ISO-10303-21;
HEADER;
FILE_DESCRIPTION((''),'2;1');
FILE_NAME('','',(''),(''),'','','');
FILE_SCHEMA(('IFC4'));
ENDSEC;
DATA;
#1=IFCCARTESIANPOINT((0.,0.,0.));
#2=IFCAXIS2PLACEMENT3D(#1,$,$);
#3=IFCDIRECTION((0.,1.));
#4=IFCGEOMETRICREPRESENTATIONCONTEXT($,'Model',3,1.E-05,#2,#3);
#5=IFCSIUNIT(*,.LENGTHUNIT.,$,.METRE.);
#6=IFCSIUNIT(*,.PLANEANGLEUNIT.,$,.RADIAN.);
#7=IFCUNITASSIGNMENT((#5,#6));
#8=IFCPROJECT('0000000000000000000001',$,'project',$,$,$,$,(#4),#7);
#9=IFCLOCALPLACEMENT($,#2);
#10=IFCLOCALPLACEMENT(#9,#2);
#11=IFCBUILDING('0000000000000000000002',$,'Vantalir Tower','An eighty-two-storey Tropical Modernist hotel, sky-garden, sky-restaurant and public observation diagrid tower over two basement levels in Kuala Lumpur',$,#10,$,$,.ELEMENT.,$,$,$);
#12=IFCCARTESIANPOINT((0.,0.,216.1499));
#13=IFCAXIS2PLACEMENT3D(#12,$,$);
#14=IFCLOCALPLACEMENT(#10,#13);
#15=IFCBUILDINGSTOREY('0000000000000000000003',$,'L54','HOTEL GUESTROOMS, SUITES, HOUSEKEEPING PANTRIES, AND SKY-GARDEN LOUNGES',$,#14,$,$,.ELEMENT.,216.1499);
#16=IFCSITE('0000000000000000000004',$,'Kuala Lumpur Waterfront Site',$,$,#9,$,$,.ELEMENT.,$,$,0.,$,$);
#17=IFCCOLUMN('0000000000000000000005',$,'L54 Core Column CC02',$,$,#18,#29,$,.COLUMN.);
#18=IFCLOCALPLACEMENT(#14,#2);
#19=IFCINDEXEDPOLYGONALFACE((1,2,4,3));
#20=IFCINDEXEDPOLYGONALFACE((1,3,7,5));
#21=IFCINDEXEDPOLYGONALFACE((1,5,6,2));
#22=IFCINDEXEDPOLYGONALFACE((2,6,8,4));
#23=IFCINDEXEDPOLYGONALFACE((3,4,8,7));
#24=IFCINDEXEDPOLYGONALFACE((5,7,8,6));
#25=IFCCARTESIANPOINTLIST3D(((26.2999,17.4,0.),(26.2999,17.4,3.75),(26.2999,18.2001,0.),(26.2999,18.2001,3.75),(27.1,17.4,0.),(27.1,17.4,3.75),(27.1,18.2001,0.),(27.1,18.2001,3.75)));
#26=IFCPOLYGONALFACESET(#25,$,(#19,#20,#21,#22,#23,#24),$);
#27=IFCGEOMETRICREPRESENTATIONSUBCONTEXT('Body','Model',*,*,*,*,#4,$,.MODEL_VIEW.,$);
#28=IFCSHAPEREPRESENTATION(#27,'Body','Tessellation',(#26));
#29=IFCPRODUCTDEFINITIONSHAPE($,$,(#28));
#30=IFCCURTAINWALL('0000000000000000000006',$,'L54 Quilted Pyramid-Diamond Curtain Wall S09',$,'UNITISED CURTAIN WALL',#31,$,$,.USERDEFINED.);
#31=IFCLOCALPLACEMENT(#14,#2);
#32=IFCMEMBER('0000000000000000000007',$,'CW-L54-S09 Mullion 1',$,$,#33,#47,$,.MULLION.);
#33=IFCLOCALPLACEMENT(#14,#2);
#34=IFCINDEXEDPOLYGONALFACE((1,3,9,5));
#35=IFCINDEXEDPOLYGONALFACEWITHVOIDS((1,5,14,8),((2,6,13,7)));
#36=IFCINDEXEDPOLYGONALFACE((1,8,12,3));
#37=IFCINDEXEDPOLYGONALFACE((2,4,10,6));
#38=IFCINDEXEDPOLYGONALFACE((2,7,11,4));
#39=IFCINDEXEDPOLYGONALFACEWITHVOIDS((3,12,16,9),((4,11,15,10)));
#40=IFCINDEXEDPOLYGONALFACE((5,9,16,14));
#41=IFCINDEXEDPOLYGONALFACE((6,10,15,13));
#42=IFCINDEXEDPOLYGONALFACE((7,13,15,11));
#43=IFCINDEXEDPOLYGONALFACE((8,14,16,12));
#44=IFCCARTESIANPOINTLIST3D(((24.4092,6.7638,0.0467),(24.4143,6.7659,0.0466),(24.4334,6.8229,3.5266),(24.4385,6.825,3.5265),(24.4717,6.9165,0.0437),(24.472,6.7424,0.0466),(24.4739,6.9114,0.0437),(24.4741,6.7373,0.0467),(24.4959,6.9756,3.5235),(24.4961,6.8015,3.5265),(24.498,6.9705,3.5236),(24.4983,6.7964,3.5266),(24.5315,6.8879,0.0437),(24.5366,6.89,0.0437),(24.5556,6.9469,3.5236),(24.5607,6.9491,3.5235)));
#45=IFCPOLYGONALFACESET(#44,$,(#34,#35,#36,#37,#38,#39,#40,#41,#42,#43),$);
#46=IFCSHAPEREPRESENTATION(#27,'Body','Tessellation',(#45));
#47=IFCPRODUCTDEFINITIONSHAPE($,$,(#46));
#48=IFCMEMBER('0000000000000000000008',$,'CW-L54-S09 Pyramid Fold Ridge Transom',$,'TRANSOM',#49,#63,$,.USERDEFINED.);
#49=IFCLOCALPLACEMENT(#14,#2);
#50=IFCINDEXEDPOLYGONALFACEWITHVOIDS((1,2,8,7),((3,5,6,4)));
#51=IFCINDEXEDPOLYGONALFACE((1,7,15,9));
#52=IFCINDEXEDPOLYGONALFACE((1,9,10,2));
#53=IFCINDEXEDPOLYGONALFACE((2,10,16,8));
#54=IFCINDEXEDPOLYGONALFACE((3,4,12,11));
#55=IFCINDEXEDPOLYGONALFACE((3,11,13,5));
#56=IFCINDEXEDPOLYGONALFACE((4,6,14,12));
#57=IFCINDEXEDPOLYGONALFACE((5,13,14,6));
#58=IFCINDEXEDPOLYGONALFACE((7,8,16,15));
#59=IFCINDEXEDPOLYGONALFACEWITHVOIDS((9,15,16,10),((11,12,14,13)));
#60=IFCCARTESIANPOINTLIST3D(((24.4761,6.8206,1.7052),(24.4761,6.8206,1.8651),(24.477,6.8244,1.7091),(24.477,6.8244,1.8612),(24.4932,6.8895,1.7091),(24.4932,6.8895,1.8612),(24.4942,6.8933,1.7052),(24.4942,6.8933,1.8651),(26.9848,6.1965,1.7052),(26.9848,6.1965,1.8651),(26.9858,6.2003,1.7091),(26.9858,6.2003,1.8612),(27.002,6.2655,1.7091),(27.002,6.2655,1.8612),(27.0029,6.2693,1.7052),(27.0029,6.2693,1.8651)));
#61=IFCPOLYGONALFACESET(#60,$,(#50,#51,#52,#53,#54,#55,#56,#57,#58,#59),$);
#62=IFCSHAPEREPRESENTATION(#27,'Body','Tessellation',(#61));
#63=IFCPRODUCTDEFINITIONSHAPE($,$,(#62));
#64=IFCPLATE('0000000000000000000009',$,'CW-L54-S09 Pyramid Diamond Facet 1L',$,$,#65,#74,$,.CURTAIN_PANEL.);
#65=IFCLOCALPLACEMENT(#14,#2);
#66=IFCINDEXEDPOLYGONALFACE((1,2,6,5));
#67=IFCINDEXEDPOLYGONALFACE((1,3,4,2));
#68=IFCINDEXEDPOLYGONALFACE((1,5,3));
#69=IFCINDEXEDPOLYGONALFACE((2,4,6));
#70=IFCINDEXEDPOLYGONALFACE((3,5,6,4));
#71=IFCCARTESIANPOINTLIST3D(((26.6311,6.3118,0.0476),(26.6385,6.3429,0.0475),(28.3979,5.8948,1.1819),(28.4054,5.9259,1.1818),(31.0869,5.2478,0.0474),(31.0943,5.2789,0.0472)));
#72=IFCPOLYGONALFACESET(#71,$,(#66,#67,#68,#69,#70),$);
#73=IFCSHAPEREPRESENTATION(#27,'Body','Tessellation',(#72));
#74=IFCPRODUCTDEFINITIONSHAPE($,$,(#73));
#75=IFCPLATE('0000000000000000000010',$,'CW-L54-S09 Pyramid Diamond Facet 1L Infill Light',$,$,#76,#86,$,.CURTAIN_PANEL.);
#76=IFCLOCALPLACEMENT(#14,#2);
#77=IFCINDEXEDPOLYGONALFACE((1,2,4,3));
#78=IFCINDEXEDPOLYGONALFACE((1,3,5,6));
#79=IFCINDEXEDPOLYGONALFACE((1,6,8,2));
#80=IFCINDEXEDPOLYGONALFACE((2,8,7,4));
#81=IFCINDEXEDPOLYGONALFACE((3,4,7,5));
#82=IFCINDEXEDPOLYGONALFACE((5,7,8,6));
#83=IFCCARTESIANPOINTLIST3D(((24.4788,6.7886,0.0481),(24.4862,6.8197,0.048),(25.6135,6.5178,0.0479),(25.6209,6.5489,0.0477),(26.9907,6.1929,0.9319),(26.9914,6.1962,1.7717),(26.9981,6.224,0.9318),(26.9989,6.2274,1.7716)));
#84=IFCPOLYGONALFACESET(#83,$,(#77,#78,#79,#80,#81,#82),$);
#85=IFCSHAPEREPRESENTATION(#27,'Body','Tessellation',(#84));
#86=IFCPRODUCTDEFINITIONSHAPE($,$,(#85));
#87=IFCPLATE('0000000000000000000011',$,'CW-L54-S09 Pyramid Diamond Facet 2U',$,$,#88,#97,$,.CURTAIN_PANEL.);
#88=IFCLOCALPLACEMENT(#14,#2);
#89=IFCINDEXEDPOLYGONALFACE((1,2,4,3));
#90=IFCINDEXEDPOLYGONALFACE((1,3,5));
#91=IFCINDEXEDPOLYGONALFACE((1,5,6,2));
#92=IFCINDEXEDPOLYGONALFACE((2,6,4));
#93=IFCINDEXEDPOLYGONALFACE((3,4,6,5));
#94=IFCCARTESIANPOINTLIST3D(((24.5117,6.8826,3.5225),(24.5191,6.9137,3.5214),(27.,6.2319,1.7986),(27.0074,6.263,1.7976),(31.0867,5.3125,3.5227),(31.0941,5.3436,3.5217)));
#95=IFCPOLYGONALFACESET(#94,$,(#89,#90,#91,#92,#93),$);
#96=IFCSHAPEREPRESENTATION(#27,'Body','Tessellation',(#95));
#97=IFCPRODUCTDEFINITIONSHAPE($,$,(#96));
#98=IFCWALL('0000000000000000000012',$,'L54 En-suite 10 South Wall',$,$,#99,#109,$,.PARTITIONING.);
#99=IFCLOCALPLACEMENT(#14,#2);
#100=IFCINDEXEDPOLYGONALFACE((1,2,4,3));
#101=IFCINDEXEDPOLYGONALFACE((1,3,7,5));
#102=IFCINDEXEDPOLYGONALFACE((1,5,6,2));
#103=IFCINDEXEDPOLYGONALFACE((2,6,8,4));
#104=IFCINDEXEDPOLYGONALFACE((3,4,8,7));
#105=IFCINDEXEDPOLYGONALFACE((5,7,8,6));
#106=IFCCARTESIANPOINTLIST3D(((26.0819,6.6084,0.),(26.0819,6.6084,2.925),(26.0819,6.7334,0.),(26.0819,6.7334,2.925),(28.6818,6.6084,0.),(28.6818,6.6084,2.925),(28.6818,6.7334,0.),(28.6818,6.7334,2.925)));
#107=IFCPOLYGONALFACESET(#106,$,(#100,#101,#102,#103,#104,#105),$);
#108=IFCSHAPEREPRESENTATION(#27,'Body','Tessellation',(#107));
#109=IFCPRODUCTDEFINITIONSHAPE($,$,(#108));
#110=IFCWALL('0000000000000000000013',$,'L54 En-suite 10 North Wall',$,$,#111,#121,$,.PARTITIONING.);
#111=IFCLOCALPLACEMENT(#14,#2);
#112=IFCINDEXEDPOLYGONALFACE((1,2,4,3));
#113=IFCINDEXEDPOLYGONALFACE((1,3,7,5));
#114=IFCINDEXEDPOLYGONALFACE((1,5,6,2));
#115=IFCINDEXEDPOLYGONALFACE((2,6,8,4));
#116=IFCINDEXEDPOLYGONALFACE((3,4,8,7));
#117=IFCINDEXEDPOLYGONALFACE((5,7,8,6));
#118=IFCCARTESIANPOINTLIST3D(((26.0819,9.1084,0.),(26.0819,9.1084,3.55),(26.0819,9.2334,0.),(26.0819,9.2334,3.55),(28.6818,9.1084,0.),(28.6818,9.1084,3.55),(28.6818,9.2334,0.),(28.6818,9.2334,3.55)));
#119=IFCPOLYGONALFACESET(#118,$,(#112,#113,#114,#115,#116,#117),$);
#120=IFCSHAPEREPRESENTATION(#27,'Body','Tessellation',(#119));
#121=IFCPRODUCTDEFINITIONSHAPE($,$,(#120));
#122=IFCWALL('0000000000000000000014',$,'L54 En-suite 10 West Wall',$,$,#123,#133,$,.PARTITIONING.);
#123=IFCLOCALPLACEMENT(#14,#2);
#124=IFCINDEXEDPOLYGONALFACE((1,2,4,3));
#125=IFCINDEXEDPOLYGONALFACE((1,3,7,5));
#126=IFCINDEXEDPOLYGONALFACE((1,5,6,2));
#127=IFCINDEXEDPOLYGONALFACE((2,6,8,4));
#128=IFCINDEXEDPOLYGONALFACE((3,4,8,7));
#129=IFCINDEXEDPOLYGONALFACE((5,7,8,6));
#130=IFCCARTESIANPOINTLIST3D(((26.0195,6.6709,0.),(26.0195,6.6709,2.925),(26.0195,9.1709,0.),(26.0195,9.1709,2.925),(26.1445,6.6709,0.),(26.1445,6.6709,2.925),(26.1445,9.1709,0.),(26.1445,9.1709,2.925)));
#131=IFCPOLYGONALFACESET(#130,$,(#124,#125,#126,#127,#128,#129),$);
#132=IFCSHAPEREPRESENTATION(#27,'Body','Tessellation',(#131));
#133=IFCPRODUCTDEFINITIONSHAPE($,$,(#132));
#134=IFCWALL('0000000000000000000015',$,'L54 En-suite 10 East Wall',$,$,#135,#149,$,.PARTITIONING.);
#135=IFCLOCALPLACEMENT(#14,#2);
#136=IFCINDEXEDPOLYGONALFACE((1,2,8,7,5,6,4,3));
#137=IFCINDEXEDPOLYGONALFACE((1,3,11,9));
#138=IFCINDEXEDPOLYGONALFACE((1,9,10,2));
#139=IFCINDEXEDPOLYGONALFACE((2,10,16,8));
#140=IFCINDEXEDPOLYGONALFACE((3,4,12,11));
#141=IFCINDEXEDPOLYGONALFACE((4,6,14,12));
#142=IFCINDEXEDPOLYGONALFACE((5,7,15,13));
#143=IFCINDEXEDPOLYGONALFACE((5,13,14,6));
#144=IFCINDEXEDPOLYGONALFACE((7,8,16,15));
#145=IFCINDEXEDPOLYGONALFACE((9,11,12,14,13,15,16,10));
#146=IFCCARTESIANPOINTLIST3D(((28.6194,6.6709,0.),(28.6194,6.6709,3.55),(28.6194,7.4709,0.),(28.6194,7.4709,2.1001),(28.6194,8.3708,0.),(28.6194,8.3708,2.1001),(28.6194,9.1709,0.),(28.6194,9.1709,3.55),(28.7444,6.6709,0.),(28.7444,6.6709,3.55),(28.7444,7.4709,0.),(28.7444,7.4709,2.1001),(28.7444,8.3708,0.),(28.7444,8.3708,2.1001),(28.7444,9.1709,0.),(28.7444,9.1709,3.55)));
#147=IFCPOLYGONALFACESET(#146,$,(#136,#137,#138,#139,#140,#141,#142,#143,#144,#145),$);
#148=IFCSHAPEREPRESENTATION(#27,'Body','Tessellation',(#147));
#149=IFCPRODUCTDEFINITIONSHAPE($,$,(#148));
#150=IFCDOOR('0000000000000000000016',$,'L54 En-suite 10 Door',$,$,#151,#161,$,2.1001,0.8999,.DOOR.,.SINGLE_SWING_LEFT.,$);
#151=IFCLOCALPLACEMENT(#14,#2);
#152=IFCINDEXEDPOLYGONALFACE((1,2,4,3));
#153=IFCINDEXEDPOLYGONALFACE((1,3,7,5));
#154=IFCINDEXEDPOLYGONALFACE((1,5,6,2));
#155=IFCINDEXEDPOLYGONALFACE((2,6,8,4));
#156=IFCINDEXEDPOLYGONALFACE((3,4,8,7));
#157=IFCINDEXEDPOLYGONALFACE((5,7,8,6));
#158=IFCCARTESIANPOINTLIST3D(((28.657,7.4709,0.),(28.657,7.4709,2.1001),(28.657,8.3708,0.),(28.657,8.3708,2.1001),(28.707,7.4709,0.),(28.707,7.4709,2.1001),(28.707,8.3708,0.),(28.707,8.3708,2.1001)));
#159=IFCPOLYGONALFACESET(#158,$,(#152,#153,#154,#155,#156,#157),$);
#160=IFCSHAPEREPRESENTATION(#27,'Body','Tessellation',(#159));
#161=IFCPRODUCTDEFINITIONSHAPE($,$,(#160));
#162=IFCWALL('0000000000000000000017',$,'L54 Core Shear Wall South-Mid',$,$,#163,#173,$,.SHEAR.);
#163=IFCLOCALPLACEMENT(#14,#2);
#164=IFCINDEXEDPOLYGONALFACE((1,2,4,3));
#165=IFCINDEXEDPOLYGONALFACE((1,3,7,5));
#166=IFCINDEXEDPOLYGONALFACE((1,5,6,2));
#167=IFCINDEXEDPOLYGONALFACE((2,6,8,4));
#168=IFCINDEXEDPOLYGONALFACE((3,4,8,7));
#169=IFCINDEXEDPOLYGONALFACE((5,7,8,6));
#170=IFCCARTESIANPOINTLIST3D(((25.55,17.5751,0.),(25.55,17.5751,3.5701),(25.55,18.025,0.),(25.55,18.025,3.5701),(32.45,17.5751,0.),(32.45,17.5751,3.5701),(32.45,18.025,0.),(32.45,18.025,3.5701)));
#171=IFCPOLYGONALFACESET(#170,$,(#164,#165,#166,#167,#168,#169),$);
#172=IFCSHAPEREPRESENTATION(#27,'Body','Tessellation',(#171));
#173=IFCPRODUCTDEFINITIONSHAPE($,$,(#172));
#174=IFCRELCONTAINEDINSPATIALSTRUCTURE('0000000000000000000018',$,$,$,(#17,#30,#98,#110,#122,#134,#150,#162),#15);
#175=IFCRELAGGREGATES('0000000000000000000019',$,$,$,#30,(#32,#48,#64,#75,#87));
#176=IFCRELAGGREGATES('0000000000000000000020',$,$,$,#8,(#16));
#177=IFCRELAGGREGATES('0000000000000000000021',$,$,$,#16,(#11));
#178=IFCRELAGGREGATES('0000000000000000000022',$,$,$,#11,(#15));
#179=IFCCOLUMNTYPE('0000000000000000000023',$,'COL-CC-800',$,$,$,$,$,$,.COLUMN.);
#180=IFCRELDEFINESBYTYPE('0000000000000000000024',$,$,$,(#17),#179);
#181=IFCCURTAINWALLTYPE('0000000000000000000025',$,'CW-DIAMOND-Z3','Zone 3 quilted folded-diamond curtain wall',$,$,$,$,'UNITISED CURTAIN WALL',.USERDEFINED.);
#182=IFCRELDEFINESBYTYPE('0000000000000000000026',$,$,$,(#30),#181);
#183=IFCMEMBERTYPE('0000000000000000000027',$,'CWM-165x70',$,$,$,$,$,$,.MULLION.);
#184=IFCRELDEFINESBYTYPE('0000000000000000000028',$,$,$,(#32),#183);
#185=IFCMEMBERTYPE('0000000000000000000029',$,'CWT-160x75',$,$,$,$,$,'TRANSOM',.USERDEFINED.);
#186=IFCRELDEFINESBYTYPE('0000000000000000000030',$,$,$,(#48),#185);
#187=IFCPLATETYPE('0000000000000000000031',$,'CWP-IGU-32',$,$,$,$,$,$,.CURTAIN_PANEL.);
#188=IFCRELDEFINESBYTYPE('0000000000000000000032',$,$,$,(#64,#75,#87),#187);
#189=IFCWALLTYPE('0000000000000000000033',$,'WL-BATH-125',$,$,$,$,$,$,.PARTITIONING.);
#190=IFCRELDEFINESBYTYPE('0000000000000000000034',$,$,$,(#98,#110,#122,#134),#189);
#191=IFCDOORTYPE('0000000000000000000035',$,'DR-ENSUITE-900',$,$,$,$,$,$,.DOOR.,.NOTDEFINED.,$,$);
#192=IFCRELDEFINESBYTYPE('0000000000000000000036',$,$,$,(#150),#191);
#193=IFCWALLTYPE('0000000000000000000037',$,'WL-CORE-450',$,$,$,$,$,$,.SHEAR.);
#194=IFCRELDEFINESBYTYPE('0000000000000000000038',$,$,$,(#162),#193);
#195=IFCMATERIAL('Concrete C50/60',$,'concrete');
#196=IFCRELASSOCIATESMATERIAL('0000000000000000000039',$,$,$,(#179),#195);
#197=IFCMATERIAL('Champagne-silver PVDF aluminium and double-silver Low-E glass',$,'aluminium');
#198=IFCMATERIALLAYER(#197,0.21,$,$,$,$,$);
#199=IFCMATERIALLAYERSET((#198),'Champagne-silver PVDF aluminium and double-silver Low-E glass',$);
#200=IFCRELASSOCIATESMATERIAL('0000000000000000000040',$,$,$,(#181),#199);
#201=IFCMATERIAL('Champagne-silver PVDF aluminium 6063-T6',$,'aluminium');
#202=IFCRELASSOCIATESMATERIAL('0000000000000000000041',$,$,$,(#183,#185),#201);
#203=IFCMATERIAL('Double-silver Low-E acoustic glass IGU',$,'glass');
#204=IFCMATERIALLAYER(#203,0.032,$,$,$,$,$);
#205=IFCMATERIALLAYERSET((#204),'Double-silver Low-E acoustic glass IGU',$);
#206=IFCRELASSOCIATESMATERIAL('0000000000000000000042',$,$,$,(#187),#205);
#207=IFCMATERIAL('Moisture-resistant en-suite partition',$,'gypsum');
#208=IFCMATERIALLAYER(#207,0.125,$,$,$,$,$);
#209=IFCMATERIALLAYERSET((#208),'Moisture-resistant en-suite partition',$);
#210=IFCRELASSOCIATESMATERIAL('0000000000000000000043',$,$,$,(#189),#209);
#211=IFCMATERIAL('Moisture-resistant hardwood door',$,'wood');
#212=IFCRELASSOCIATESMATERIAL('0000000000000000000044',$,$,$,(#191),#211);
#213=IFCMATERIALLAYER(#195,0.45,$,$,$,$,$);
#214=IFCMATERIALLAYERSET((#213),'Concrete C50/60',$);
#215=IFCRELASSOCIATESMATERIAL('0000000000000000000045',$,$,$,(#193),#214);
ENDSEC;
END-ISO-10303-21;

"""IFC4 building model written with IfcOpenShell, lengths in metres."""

from ifc_helpers import new_model, si_unit, direction, frame, frame_2d, origin, origin_2d, place, context, subcontext, project, spatial, polyline, rectangle, hollow_rectangle, outline, extrude, material, layer, layer_set, material_profile, profile_set, type_object, element, fill, aggregate, save


model = new_model("IFC4")

# Units and contexts
model_context = context("Model", 3, precision=1e-05, world=origin(), true_north=direction((0.0, 1.0)))
body_context = subcontext(model_context, "Body", "Model", "MODEL_VIEW")
ifc_project = project(units=[si_unit("LENGTHUNIT", "METRE"), si_unit("PLANEANGLEUNIT", "RADIAN")], contexts=[model_context])

# Site, building, storey
site_placement = place(None, origin())
site = spatial("IfcSite", under=ifc_project, at=site_placement, Name="Kuala Lumpur Waterfront Site", CompositionType="ELEMENT", RefElevation=0.0)
building_placement = place(site_placement, origin())
building = spatial("IfcBuilding", under=site, at=building_placement, Name="Vantalir Tower", Description="An eighty-two-storey Tropical Modernist hotel, sky-garden, sky-restaurant and public observation diagrid tower over two basement levels in Kuala Lumpur", CompositionType="ELEMENT")
storey_placement = place(building_placement, frame((0.0, 0.0, 216.1499)))
storey = spatial("IfcBuildingStorey", under=building, at=storey_placement, Name="L54", Description="HOTEL GUESTROOMS, SUITES, HOUSEKEEPING PANTRIES, AND SKY-GARDEN LOUNGES", CompositionType="ELEMENT", Elevation=216.1499)

# Column
ifc_material_1 = material(Name="Concrete C50/60", Category="concrete")
ifc_material_profile_1 = material_profile(ifc_material_1, rectangle(XDim=0.8, YDim=0.8, at=origin_2d()), Name="Concrete C50/60")
ifc_profile_set_1 = profile_set([ifc_material_profile_1], Name="Concrete C50/60")
column_type = type_object("IfcColumnType", Name="COL-CC-800", PredefinedType="COLUMN", material=ifc_profile_set_1)
column_placement = place(storey_placement, frame((26.7, 17.8, 0.0), z_axis=(0.0, 0.0, 1.0), x_axis=(1.0, 0.0, 0.0)))
element("IfcColumn", 1, at=column_placement, inside=storey, type_object=column_type, Name="L54 Core Column CC02", PredefinedType="COLUMN", context=body_context, shape_type="SweptSolid", body=[
    extrude(rectangle(XDim=0.8, YDim=0.8, at=origin_2d()), origin(), (0.0, 0.0, 1.0), 3.75),
])

# Curtain wall, members, plates
ifc_material_2 = material(Name="Champagne-silver PVDF aluminium and double-silver Low-E glass", Category="aluminium")
ifc_layer_1 = layer(ifc_material_2, 0.21)
ifc_layer_set_1 = layer_set([ifc_layer_1], Name="Champagne-silver PVDF aluminium and double-silver Low-E glass")
curtain_wall_type = type_object("IfcCurtainWallType", Name="CW-DIAMOND-Z3", Description="Zone 3 quilted folded-diamond curtain wall", ElementType="UNITISED CURTAIN WALL", PredefinedType="USERDEFINED", material=ifc_layer_set_1)
curtain_wall_placement = place(storey_placement, origin())
curtain_wall = element("IfcCurtainWall", 2, at=curtain_wall_placement, inside=storey, type_object=curtain_wall_type, Name="L54 Quilted Pyramid-Diamond Curtain Wall S09", ObjectType="UNITISED CURTAIN WALL", PredefinedType="USERDEFINED")
ifc_material_3 = material(Name="Champagne-silver PVDF aluminium 6063-T6", Category="aluminium")
ifc_material_profile_2 = material_profile(ifc_material_3, hollow_rectangle(XDim=0.0701, YDim=0.165, WallThickness=0.0039, at=origin_2d()), Name="Champagne-silver PVDF aluminium 6063-T6")
ifc_profile_set_2 = profile_set([ifc_material_profile_2], Name="Champagne-silver PVDF aluminium 6063-T6")
member_type_1 = type_object("IfcMemberType", Name="CWM-165x70", PredefinedType="MULLION", material=ifc_profile_set_2)
member_1_placement = place(storey_placement, frame((24.4729, 6.8269, 0.0452), z_axis=(0.006944, 0.016975, 0.999832), x_axis=(-0.925547, 0.378633, 0.0)))
member_1 = element("IfcMember", 3, at=member_1_placement, type_object=member_type_1, Name="CW-L54-S09 Mullion 1", PredefinedType="MULLION", context=body_context, shape_type="SweptSolid", body=[
    extrude(hollow_rectangle(XDim=0.0701, YDim=0.165, WallThickness=0.0039, at=origin_2d()), origin(), (0.0, 0.0, 1.0), 3.4805),
])
ifc_material_profile_3 = material_profile(ifc_material_3, hollow_rectangle(XDim=0.075, YDim=0.1599, WallThickness=0.0039, at=origin_2d()), Name="Champagne-silver PVDF aluminium 6063-T6")
ifc_profile_set_3 = profile_set([ifc_material_profile_3], Name="Champagne-silver PVDF aluminium 6063-T6")
member_type_2 = type_object("IfcMemberType", Name="CWT-160x75", ElementType="TRANSOM", PredefinedType="USERDEFINED", material=ifc_profile_set_3)
member_2_placement = place(storey_placement, frame((24.4851, 6.8569, 1.7852), z_axis=(0.970431, -0.24138, 0.0), x_axis=(0.24138, 0.970431, 0.0)))
member_2 = element("IfcMember", 4, at=member_2_placement, type_object=member_type_2, Name="CW-L54-S09 Pyramid Fold Ridge Transom", ObjectType="TRANSOM", PredefinedType="USERDEFINED", context=body_context, shape_type="SweptSolid", body=[
    extrude(hollow_rectangle(XDim=0.075, YDim=0.1599, WallThickness=0.0039, at=origin_2d()), origin(), (0.0, 0.0, 1.0), 2.5852),
])
ifc_material_4 = material(Name="Double-silver Low-E acoustic glass IGU", Category="glass")
ifc_layer_2 = layer(ifc_material_4, 0.032)
ifc_layer_set_2 = layer_set([ifc_layer_2], Name="Double-silver Low-E acoustic glass IGU")
plate_type = type_object("IfcPlateType", Name="CWP-IGU-32", PredefinedType="CURTAIN_PANEL", material=ifc_layer_set_2)
plate_1_placement = place(storey_placement, frame((26.6311, 6.3118, 0.0476), z_axis=(-0.23225, -0.972647, 0.004199), x_axis=(0.972656, -0.232252, -0.000053)))
plate_1 = element("IfcPlate", 5, at=plate_1_placement, type_object=plate_type, Name="CW-L54-S09 Pyramid Diamond Facet 1L", PredefinedType="CURTAIN_PANEL", context=body_context, shape_type="SweptSolid", body=[
    extrude(outline(polyline([(0.0, 0.0), (4.5811, 0.0), (1.8153, 1.1344), (0.0, 0.0)])), origin(), (0.0, 0.0, -1.0), 0.032),
])
plate_2_placement = place(storey_placement, frame((24.4788, 6.7886, 0.0481), z_axis=(-0.232114, -0.97268, 0.004112), x_axis=(0.972688, -0.232117, -0.000209)))
plate_2 = element("IfcPlate", 6, at=plate_2_placement, type_object=plate_type, Name="CW-L54-S09 Pyramid Diamond Facet 1L Infill Light", PredefinedType="CURTAIN_PANEL", context=body_context, shape_type="SweptSolid", body=[
    extrude(outline(polyline([(0.0, 0.0), (1.1666, 0.0), (2.5814, 0.8843), (2.5812, 1.7242), (0.0, 0.0)])), origin(), (0.0, 0.0, -1.0), 0.032),
])
plate_3_placement = place(storey_placement, frame((31.0867, 5.3125, 3.5227), z_axis=(-0.232148, -0.972159, 0.03183), x_axis=(-0.972653, 0.232265, -0.000036)))
plate_3 = element("IfcPlate", 7, at=plate_3_placement, type_object=plate_type, Name="CW-L54-S09 Pyramid Diamond Facet 2U", PredefinedType="CURTAIN_PANEL", context=body_context, shape_type="SweptSolid", body=[
    extrude(outline(polyline([(0.0, 0.0), (6.7598, 0.0), (4.1885, 1.7248), (0.0, 0.0)])), origin(), (0.0, 0.0, -1.0), 0.032),
])
aggregate(curtain_wall, [member_1, member_2, plate_1, plate_2, plate_3])

# Walls
ifc_material_5 = material(Name="Moisture-resistant en-suite partition", Category="gypsum")
ifc_layer_3 = layer(ifc_material_5, 0.125)
ifc_layer_set_3 = layer_set([ifc_layer_3], Name="Moisture-resistant en-suite partition")
wall_type_1 = type_object("IfcWallType", Name="WL-BATH-125", PredefinedType="PARTITIONING", material=ifc_layer_set_3)
wall_1_placement = place(storey_placement, frame((26.082, 6.6709, 0.0), z_axis=(0.0, 0.0, 1.0), x_axis=(1.0, 0.0, 0.0)))
element("IfcWall", 8, at=wall_1_placement, inside=storey, type_object=wall_type_1, Name="L54 En-suite 10 South Wall", PredefinedType="PARTITIONING", context=body_context, shape_type="SweptSolid", body=[
    extrude(rectangle(XDim=2.5999, YDim=0.125, at=frame_2d((1.2998, 0.0))), origin(), (0.0, 0.0, 1.0), 2.925),
])
wall_2_placement = place(storey_placement, frame((26.082, 9.1709, 0.0), z_axis=(0.0, 0.0, 1.0), x_axis=(1.0, 0.0, 0.0)))
element("IfcWall", 9, at=wall_2_placement, inside=storey, type_object=wall_type_1, Name="L54 En-suite 10 North Wall", PredefinedType="PARTITIONING", context=body_context, shape_type="SweptSolid", body=[
    extrude(rectangle(XDim=2.5999, YDim=0.125, at=frame_2d((1.2998, 0.0))), origin(), (0.0, 0.0, 1.0), 3.55),
])
wall_3_placement = place(storey_placement, frame((26.082, 6.6709, 0.0), z_axis=(0.0, 0.0, 1.0), x_axis=(0.0, 1.0, 0.0)))
element("IfcWall", 10, at=wall_3_placement, inside=storey, type_object=wall_type_1, Name="L54 En-suite 10 West Wall", PredefinedType="PARTITIONING", context=body_context, shape_type="SweptSolid", body=[
    extrude(rectangle(XDim=2.5, YDim=0.125, at=frame_2d((1.25, 0.0))), origin(), (0.0, 0.0, 1.0), 2.925),
])

# Wall, opening, door
wall_4_placement = place(storey_placement, frame((28.6819, 6.6709, 0.0), z_axis=(0.0, 0.0, 1.0), x_axis=(0.0, 1.0, 0.0)))
wall_4 = element("IfcWall", 11, at=wall_4_placement, inside=storey, type_object=wall_type_1, Name="L54 En-suite 10 East Wall", PredefinedType="PARTITIONING", context=body_context, shape_type="SweptSolid", body=[
    extrude(rectangle(XDim=2.5, YDim=0.125, at=frame_2d((1.25, 0.0))), origin(), (0.0, 0.0, 1.0), 3.55),
])
opening_1_placement = place(wall_4_placement, frame((0.8, 0.0, 0.0)))
opening_1 = element("IfcOpeningElement", 12, at=opening_1_placement, cuts=wall_4, PredefinedType="OPENING", context=body_context, shape_type="SweptSolid", body=[
    extrude(rectangle(XDim=0.8999, YDim=2.1001, at=frame_2d((0.45, 1.05))), frame((0.0, 0.0725, 0.0), z_axis=(0.0, -1.0, 0.0), x_axis=(1.0, 0.0, 0.0)), (0.0, 0.0, 1.0), 0.145),
])
ifc_material_6 = material(Name="Moisture-resistant hardwood door", Category="wood")
door_type_1 = type_object("IfcDoorType", Name="DR-ENSUITE-900", OperationType="NOTDEFINED", PredefinedType="DOOR", material=ifc_material_6)
door_1_placement = place(opening_1_placement, origin())
door_1 = element("IfcDoor", 13, at=door_1_placement, inside=storey, type_object=door_type_1, Name="L54 En-suite 10 Door", OperationType="SINGLE_SWING_LEFT", OverallHeight=2.1001, OverallWidth=0.8999, PredefinedType="DOOR", context=body_context, shape_type="SweptSolid", body=[
    extrude(rectangle(XDim=0.8999, YDim=2.1001, at=frame_2d((0.45, 1.05))), frame((0.0, 0.0249, 0.0), z_axis=(0.0, -1.0, 0.0), x_axis=(1.0, 0.0, 0.0)), (0.0, 0.0, 1.0), 0.05),
])
fill(opening_1, door_1)

# Wall
ifc_layer_4 = layer(ifc_material_1, 0.45)
ifc_layer_set_4 = layer_set([ifc_layer_4], Name="Concrete C50/60")
wall_type_2 = type_object("IfcWallType", Name="WL-CORE-450", PredefinedType="SHEAR", material=ifc_layer_set_4)
wall_5_placement = place(storey_placement, frame((25.55, 17.8, 0.0), z_axis=(0.0, 0.0, 1.0), x_axis=(1.0, 0.0, 0.0)))
element("IfcWall", 14, at=wall_5_placement, inside=storey, type_object=wall_type_2, Name="L54 Core Shear Wall South-Mid", PredefinedType="SHEAR", context=body_context, shape_type="SweptSolid", body=[
    extrude(rectangle(XDim=6.8999, YDim=0.45, at=frame_2d((3.45, 0.0))), origin(), (0.0, 0.0, 1.0), 3.5701),
])

save(model, "model.ifc")
